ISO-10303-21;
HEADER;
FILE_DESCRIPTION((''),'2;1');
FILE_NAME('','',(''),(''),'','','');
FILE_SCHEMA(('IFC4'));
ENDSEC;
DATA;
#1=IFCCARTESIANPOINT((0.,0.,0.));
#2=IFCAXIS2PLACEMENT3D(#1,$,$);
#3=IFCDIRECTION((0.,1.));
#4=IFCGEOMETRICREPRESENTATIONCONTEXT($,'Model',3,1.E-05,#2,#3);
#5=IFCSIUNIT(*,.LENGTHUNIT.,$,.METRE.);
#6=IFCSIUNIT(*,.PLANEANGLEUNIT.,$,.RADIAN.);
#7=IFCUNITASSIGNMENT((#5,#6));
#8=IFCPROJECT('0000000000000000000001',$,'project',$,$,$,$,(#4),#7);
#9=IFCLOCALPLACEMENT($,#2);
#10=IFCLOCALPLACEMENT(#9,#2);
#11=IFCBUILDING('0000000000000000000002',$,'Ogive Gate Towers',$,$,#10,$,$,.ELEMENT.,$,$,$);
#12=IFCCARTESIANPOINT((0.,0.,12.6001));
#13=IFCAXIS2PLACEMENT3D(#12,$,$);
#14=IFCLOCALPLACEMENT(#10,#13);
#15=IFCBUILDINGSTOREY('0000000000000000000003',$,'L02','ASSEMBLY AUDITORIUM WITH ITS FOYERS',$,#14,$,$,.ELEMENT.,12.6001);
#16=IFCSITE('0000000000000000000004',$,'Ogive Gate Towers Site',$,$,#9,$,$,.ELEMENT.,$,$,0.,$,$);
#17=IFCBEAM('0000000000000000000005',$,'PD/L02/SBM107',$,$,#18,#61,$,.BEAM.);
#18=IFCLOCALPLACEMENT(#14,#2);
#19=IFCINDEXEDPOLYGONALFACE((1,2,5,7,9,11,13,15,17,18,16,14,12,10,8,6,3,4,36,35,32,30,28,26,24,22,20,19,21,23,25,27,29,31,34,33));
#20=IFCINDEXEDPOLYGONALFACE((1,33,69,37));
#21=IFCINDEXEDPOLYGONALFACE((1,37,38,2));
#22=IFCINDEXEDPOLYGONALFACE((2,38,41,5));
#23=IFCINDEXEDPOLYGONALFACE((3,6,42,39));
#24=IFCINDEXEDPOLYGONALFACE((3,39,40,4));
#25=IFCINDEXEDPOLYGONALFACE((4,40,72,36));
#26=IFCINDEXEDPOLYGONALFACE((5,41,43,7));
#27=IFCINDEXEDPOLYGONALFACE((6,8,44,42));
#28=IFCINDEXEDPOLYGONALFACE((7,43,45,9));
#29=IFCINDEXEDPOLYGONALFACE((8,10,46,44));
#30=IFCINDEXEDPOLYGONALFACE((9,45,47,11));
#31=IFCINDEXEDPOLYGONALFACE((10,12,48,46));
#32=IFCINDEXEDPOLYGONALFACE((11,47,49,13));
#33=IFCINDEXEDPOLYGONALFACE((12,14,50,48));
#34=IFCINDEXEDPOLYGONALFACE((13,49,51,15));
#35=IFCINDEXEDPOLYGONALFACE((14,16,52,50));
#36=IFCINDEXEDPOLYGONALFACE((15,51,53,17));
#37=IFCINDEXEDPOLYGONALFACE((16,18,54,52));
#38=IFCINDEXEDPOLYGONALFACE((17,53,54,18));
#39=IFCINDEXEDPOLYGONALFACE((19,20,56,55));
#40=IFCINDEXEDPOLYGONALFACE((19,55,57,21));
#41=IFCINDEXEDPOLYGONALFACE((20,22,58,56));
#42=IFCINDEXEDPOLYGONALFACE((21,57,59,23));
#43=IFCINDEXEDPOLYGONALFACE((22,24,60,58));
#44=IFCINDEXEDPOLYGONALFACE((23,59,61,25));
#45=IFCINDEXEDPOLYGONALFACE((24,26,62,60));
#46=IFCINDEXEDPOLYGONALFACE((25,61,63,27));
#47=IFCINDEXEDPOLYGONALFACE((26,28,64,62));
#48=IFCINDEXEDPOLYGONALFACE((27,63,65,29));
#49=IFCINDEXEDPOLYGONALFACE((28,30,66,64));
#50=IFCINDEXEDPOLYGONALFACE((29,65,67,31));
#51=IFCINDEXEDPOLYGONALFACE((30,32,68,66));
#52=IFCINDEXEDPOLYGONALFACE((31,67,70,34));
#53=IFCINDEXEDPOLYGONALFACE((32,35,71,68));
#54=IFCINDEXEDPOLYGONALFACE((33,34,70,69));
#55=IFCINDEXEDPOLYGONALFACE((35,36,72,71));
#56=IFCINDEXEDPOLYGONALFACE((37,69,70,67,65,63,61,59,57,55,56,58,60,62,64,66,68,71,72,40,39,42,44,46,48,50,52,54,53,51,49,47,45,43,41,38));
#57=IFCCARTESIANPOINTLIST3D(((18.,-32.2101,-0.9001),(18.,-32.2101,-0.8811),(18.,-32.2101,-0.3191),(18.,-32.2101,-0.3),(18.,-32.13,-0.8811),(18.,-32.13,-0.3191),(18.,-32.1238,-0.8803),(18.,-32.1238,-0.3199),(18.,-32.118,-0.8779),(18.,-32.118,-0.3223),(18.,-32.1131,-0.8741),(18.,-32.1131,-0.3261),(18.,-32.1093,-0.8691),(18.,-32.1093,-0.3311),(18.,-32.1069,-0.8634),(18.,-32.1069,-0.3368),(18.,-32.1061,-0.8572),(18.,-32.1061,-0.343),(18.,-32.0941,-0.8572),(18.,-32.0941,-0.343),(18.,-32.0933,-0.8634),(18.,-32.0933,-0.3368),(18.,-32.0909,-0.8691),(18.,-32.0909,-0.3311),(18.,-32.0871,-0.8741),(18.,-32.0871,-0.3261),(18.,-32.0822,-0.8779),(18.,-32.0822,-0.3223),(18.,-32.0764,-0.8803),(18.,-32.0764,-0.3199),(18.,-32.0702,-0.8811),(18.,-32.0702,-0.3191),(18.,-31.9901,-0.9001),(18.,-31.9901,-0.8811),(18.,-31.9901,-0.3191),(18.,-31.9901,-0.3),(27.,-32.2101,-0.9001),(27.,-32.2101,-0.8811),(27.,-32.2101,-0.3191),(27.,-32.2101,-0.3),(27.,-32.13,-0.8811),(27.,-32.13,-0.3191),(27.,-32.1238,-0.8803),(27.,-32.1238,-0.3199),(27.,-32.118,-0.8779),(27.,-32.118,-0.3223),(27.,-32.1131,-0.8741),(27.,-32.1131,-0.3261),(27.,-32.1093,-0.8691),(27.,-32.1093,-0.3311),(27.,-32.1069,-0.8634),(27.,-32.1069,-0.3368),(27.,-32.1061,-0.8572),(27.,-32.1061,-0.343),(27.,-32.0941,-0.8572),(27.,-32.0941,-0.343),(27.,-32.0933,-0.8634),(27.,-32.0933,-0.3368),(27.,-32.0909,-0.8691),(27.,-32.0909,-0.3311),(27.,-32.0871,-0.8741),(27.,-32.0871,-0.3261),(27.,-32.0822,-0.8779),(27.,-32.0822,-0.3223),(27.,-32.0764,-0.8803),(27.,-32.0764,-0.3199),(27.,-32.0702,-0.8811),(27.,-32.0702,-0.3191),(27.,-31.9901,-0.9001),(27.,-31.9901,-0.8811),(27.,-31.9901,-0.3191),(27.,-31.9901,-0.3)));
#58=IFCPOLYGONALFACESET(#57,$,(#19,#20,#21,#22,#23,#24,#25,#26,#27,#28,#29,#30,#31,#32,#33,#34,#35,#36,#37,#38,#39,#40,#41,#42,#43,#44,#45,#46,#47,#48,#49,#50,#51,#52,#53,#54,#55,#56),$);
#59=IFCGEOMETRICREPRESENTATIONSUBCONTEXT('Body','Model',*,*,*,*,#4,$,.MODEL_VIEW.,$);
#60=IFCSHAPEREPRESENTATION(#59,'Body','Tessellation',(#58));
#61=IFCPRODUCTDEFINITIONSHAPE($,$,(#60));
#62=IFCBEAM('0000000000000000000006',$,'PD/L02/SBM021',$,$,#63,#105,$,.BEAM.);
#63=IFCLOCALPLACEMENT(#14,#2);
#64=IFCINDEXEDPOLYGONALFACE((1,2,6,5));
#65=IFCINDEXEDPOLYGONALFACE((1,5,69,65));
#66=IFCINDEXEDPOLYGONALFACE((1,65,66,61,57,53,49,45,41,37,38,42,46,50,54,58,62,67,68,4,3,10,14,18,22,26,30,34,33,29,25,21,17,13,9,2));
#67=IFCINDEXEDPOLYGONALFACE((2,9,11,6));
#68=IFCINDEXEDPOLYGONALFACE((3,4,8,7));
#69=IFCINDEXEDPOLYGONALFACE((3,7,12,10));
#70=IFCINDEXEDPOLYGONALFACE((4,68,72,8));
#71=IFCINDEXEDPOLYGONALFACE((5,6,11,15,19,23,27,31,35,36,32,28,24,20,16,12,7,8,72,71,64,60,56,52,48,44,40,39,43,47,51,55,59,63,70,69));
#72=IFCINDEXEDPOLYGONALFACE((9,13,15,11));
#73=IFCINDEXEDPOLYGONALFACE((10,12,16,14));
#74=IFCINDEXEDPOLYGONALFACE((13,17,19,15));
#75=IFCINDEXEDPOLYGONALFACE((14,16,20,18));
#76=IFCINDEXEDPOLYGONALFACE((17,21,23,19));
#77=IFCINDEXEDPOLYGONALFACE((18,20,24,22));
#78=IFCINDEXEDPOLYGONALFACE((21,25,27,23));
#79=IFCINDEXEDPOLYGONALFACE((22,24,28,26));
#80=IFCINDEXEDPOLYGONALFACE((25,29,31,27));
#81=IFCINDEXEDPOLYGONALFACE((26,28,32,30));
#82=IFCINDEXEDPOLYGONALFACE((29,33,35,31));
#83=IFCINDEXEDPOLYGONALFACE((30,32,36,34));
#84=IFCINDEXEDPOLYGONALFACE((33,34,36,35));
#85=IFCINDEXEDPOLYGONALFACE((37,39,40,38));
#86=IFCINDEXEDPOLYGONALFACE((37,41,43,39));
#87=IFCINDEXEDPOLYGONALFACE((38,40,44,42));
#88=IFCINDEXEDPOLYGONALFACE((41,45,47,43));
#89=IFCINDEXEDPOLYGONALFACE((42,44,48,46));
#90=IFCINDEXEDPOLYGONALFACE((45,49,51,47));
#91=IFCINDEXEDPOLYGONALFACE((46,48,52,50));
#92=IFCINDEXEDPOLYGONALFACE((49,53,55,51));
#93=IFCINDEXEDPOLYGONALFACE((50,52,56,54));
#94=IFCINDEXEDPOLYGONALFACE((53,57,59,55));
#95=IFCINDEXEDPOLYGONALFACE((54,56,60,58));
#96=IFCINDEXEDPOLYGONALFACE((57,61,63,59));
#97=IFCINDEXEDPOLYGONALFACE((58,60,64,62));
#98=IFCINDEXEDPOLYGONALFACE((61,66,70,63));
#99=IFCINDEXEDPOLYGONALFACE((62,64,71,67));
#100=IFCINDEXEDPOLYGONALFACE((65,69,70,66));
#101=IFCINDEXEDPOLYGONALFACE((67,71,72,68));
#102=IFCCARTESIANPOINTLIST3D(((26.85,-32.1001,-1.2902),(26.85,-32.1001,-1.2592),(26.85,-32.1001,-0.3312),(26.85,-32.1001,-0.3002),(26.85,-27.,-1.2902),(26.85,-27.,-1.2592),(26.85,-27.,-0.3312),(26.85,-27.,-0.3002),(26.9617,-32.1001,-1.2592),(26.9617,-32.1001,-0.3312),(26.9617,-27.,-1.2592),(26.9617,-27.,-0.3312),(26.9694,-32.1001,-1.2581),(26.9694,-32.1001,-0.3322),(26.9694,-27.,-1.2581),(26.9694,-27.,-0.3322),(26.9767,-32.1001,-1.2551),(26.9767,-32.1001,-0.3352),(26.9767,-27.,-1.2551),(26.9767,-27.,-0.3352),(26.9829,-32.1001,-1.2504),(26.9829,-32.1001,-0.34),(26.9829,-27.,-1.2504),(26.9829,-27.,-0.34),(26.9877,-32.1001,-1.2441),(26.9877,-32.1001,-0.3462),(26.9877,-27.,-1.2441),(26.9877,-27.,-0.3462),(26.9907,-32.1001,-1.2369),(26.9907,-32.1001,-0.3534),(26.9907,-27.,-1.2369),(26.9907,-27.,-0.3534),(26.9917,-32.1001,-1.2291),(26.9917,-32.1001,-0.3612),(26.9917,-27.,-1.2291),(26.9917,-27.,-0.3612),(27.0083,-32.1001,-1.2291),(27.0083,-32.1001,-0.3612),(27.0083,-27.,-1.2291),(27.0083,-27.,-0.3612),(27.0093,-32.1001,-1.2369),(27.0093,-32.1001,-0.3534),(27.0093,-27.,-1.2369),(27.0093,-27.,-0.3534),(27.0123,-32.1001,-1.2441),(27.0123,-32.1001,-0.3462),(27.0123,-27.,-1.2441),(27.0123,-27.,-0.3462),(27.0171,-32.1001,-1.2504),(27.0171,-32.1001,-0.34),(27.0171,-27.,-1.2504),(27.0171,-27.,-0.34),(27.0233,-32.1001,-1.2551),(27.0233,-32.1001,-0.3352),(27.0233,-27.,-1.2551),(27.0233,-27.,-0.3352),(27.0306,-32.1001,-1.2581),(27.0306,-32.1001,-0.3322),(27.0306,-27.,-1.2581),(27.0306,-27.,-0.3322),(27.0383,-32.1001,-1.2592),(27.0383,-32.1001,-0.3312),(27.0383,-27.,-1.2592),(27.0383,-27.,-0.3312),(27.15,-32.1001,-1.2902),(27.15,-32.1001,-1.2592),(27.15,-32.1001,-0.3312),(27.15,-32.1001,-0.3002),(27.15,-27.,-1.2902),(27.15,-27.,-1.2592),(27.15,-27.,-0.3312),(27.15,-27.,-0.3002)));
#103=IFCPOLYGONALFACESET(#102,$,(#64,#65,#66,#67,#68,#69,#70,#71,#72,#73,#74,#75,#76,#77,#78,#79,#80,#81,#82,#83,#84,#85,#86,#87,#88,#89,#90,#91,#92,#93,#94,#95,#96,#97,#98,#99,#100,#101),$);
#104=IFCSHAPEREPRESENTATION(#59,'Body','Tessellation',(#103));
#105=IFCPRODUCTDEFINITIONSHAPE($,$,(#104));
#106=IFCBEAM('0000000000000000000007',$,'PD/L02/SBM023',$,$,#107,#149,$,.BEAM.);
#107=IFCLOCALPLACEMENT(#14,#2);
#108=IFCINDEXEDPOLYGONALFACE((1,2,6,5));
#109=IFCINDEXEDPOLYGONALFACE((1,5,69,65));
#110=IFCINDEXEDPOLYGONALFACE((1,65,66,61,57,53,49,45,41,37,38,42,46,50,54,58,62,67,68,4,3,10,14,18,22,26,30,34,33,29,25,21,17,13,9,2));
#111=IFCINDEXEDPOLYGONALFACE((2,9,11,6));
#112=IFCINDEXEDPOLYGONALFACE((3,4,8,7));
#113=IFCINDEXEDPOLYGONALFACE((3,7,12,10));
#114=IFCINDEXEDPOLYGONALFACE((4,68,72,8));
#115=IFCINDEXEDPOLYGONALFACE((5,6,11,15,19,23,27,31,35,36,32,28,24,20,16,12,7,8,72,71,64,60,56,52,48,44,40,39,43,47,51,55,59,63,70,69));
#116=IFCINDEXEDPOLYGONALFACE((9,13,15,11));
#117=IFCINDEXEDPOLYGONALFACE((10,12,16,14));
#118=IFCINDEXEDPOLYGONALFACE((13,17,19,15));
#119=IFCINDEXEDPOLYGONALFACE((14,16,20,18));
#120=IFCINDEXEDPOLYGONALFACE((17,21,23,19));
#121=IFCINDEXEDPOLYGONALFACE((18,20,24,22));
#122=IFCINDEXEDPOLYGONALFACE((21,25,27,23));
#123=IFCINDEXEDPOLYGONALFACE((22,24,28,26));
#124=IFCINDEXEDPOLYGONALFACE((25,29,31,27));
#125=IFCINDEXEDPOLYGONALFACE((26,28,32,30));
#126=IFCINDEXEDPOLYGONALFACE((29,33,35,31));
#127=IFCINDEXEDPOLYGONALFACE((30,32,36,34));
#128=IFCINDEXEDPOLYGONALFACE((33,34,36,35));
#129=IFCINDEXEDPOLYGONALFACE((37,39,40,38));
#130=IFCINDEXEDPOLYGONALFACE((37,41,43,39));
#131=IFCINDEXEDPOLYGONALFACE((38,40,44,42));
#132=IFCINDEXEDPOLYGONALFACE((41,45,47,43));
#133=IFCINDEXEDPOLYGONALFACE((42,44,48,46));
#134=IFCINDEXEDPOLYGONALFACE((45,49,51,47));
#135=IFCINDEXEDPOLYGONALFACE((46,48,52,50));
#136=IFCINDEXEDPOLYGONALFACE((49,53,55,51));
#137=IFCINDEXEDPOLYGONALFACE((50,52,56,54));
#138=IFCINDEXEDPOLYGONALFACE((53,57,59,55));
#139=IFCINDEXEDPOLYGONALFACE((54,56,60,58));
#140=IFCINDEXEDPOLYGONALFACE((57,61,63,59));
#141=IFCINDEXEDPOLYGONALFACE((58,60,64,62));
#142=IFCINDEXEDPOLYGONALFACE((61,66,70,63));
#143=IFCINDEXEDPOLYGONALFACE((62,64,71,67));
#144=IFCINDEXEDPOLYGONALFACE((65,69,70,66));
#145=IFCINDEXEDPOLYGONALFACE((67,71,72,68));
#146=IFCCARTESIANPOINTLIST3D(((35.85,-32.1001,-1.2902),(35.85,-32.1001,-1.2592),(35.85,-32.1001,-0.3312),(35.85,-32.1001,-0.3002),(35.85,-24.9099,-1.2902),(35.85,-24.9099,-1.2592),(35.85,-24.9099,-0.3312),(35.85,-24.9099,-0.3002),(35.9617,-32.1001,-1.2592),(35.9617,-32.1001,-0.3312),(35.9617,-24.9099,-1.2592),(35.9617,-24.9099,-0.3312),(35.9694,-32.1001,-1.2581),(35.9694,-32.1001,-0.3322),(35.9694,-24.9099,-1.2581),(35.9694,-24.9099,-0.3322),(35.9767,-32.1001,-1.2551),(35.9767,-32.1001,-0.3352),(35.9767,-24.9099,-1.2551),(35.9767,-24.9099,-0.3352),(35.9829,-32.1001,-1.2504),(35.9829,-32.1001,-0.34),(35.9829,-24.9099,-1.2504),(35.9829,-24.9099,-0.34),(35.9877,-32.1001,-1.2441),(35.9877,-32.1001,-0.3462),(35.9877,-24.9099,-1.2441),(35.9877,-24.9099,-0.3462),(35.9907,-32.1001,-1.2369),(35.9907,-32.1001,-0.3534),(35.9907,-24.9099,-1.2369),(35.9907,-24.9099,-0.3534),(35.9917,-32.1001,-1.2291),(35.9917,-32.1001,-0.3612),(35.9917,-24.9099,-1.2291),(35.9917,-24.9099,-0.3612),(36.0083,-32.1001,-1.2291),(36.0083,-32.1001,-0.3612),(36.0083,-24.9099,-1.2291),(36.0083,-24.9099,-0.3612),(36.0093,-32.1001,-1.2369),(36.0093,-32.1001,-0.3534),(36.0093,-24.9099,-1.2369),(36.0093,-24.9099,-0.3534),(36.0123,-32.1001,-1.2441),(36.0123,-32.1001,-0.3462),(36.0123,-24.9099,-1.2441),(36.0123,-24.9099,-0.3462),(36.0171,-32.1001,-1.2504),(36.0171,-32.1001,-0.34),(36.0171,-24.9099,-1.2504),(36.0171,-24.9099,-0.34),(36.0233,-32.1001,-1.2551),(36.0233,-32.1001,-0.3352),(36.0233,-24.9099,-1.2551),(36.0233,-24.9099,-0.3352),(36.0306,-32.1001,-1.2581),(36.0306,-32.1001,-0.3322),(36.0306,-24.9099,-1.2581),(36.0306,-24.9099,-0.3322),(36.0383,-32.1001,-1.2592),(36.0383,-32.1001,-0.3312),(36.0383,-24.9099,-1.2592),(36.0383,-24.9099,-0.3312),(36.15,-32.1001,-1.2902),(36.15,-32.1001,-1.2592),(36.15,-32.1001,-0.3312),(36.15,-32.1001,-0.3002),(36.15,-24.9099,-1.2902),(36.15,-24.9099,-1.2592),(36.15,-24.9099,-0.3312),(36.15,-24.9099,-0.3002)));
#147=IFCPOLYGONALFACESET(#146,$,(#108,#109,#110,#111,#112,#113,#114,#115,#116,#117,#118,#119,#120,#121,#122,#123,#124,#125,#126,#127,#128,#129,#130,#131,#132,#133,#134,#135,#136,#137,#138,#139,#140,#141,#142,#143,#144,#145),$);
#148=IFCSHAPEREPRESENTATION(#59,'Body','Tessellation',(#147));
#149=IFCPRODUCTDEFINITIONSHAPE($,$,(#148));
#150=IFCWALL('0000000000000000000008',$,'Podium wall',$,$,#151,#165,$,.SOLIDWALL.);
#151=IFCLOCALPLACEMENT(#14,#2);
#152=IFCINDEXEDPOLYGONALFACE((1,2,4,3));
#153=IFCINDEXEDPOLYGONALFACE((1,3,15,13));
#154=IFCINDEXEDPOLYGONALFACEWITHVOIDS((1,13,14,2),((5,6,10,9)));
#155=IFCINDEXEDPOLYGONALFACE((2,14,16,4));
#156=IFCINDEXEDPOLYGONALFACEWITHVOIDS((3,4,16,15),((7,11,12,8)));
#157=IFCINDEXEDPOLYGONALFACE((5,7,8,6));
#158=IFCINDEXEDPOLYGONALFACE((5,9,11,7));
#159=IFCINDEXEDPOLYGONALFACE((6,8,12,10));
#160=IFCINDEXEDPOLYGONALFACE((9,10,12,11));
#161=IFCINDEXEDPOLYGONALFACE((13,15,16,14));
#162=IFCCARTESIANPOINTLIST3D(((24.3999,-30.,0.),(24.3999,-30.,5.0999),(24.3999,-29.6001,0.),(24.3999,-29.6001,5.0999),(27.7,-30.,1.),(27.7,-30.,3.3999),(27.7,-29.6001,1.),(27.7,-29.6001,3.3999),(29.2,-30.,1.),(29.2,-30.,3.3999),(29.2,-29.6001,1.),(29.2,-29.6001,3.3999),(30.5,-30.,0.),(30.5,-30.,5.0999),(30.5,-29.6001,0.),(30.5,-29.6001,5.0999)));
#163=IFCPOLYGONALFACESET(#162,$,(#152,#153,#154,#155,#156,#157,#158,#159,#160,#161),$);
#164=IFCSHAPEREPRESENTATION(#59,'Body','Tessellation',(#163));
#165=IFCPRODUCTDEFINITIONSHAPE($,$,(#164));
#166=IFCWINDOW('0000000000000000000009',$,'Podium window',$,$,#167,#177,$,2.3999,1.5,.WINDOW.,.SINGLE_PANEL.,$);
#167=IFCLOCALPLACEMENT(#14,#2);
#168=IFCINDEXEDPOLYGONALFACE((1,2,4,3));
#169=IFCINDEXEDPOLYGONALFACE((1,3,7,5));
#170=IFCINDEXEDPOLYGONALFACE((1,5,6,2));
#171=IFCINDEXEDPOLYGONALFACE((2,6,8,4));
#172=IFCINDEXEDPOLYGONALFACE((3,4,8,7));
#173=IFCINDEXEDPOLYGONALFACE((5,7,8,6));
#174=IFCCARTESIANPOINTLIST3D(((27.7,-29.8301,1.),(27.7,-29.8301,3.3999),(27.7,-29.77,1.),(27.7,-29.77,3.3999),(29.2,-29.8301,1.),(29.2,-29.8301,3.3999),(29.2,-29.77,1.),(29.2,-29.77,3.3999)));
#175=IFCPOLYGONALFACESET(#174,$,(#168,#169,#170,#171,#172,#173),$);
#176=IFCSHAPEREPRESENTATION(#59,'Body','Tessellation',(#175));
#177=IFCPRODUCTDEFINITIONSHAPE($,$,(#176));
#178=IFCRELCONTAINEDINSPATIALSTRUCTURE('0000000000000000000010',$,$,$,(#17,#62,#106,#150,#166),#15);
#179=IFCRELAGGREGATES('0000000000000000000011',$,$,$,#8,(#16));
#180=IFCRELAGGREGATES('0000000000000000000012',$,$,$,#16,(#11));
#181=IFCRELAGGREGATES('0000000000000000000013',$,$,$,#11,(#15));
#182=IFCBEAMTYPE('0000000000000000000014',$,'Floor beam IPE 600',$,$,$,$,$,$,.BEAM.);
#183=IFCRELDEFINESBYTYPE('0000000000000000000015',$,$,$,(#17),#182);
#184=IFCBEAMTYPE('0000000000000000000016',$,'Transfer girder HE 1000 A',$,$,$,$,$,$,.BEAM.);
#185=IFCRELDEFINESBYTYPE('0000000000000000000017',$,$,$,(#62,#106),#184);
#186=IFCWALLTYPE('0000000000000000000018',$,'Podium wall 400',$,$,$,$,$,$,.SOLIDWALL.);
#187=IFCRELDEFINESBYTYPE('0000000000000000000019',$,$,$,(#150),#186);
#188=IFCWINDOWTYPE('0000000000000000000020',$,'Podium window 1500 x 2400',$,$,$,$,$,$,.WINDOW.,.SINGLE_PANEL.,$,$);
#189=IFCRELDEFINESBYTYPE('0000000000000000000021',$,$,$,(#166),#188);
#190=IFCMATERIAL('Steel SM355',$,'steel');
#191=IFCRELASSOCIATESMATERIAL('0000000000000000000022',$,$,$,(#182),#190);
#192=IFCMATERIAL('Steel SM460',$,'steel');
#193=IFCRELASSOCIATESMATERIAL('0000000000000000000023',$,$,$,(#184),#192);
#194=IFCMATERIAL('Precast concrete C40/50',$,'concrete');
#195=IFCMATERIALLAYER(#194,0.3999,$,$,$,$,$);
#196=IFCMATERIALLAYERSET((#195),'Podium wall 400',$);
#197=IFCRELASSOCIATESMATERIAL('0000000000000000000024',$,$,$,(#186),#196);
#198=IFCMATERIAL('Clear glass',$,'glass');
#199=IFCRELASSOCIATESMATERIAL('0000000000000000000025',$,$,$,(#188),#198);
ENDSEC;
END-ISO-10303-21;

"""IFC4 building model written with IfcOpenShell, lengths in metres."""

from ifc_helpers import new_model, si_unit, direction, frame, frame_2d, origin, origin_2d, place, context, subcontext, project, spatial, rectangle, i_section, extrude, material, layer, layer_set, material_profile, profile_set, type_object, element, fill, save


model = new_model("IFC4")

# Units and contexts
model_context = context("Model", 3, precision=1e-05, world=origin(), true_north=direction((0.0, 1.0)))
body_context = subcontext(model_context, "Body", "Model", "MODEL_VIEW")
ifc_project = project(units=[si_unit("LENGTHUNIT", "METRE"), si_unit("PLANEANGLEUNIT", "RADIAN")], contexts=[model_context])

# Site, building, storey
site_placement = place(None, origin())
site = spatial("IfcSite", under=ifc_project, at=site_placement, Name="Ogive Gate Towers Site", CompositionType="ELEMENT", RefElevation=0.0)
building_placement = place(site_placement, origin())
building = spatial("IfcBuilding", under=site, at=building_placement, Name="Ogive Gate Towers", CompositionType="ELEMENT")
storey_placement = place(building_placement, frame((0.0, 0.0, 12.6001)))
storey = spatial("IfcBuildingStorey", under=building, at=storey_placement, Name="L02", Description="ASSEMBLY AUDITORIUM WITH ITS FOYERS", CompositionType="ELEMENT", Elevation=12.6001)

# Beams
ifc_material_1 = material(Name="Steel SM460", Category="steel")
ifc_material_2 = material(Name="Steel SM355", Category="steel")
ifc_material_profile_1 = material_profile(ifc_material_2, i_section(OverallWidth=0.22, OverallDepth=0.6001, WebThickness=0.012, FlangeThickness=0.019, FilletRadius=0.0239, at=origin_2d()), Name="IPE 600")
ifc_profile_set_1 = profile_set([ifc_material_profile_1], Name="Steel SM355")
beam_type_1 = type_object("IfcBeamType", Name="Floor beam IPE 600", PredefinedType="BEAM", material=ifc_profile_set_1)
for number, where, z_axis, x_axis, name in (
    (1, (27.0, -32.1001, -0.6001), (-1.0, 0.0, 0.0), (0.0, -1.0, 0.0), "PD/L02/SBM107"),
):
    element("IfcBeam", number, at=place(storey_placement, frame(where, z_axis=z_axis, x_axis=x_axis)), inside=storey, type_object=beam_type_1, Name=name, PredefinedType="BEAM", context=body_context, shape_type="SweptSolid", body=[
        extrude(i_section(OverallWidth=0.22, OverallDepth=0.6001, WebThickness=0.012, FlangeThickness=0.019, FilletRadius=0.0239, at=origin_2d()), origin(), (0.0, 0.0, 1.0), 9.0),
    ])
ifc_material_profile_2 = material_profile(ifc_material_1, i_section(OverallWidth=0.3, OverallDepth=0.99, WebThickness=0.0166, FlangeThickness=0.031, FilletRadius=0.03, at=origin_2d()), Name="HE 1000 A")
ifc_profile_set_2 = profile_set([ifc_material_profile_2], Name="Steel SM460")
beam_type_2 = type_object("IfcBeamType", Name="Transfer girder HE 1000 A", PredefinedType="BEAM", material=ifc_profile_set_2)
beam_1_placement = place(storey_placement, frame((27.0, -32.1001, -0.7952), z_axis=(0.0, 1.0, 0.0), x_axis=(-1.0, 0.0, 0.0)))
element("IfcBeam", 2, at=beam_1_placement, inside=storey, type_object=beam_type_2, Name="PD/L02/SBM021", PredefinedType="BEAM", context=body_context, shape_type="SweptSolid", body=[
    extrude(i_section(OverallWidth=0.3, OverallDepth=0.99, WebThickness=0.0166, FlangeThickness=0.031, FilletRadius=0.03, at=origin_2d()), origin(), (0.0, 0.0, 1.0), 5.1001),
])
beam_2_placement = place(storey_placement, frame((36.0, -32.1001, -0.7952), z_axis=(0.0, 1.0, 0.0), x_axis=(-1.0, 0.0, 0.0)))
element("IfcBeam", 3, at=beam_2_placement, inside=storey, type_object=beam_type_2, Name="PD/L02/SBM023", PredefinedType="BEAM", context=body_context, shape_type="SweptSolid", body=[
    extrude(i_section(OverallWidth=0.3, OverallDepth=0.99, WebThickness=0.0166, FlangeThickness=0.031, FilletRadius=0.03, at=origin_2d()), origin(), (0.0, 0.0, 1.0), 7.1902),
])

# Wall, opening, window
ifc_material_3 = material(Name="Precast concrete C40/50", Category="concrete")
ifc_layer = layer(ifc_material_3, 0.3999)
ifc_layer_set = layer_set([ifc_layer], Name="Podium wall 400")
wall_type = type_object("IfcWallType", Name="Podium wall 400", PredefinedType="SOLIDWALL", material=ifc_layer_set)
wall_1_placement = place(storey_placement, frame((24.3999, -29.8, 0.0), z_axis=(0.0, 0.0, 1.0), x_axis=(1.0, 0.0, 0.0)))
wall_1 = element("IfcWall", 4, at=wall_1_placement, inside=storey, type_object=wall_type, Name="Podium wall", PredefinedType="SOLIDWALL", context=body_context, shape_type="SweptSolid", body=[
    extrude(rectangle(XDim=6.1001, YDim=0.3999, at=frame_2d((3.05, 0.0))), origin(), (0.0, 0.0, 1.0), 5.0999),
])
opening_1_placement = place(wall_1_placement, frame((3.3, 0.0, 1.0)))
opening_1 = element("IfcOpeningElement", 5, at=opening_1_placement, cuts=wall_1, PredefinedType="OPENING", context=body_context, shape_type="SweptSolid", body=[
    extrude(rectangle(XDim=1.5, YDim=2.3999, at=frame_2d((0.75, 1.2))), frame((0.0, 0.21, 0.0), z_axis=(0.0, -1.0, 0.0), x_axis=(1.0, 0.0, 0.0)), (0.0, 0.0, 1.0), 0.4199),
])
ifc_material_4 = material(Name="Clear glass", Category="glass")
window_type = type_object("IfcWindowType", Name="Podium window 1500 x 2400", PartitioningType="SINGLE_PANEL", PredefinedType="WINDOW", material=ifc_material_4)
window_1_placement = place(opening_1_placement, origin())
window_1 = element("IfcWindow", 6, at=window_1_placement, inside=storey, type_object=window_type, Name="Podium window", OverallHeight=2.3999, OverallWidth=1.5, PartitioningType="SINGLE_PANEL", PredefinedType="WINDOW", context=body_context, shape_type="SweptSolid", body=[
    extrude(rectangle(XDim=1.5, YDim=2.3999, at=frame_2d((0.75, 1.2))), frame((0.0, 0.03, 0.0), z_axis=(0.0, -1.0, 0.0), x_axis=(1.0, 0.0, 0.0)), (0.0, 0.0, 1.0), 0.0601),
])
fill(opening_1, window_1)

save(model, "model.ifc")
